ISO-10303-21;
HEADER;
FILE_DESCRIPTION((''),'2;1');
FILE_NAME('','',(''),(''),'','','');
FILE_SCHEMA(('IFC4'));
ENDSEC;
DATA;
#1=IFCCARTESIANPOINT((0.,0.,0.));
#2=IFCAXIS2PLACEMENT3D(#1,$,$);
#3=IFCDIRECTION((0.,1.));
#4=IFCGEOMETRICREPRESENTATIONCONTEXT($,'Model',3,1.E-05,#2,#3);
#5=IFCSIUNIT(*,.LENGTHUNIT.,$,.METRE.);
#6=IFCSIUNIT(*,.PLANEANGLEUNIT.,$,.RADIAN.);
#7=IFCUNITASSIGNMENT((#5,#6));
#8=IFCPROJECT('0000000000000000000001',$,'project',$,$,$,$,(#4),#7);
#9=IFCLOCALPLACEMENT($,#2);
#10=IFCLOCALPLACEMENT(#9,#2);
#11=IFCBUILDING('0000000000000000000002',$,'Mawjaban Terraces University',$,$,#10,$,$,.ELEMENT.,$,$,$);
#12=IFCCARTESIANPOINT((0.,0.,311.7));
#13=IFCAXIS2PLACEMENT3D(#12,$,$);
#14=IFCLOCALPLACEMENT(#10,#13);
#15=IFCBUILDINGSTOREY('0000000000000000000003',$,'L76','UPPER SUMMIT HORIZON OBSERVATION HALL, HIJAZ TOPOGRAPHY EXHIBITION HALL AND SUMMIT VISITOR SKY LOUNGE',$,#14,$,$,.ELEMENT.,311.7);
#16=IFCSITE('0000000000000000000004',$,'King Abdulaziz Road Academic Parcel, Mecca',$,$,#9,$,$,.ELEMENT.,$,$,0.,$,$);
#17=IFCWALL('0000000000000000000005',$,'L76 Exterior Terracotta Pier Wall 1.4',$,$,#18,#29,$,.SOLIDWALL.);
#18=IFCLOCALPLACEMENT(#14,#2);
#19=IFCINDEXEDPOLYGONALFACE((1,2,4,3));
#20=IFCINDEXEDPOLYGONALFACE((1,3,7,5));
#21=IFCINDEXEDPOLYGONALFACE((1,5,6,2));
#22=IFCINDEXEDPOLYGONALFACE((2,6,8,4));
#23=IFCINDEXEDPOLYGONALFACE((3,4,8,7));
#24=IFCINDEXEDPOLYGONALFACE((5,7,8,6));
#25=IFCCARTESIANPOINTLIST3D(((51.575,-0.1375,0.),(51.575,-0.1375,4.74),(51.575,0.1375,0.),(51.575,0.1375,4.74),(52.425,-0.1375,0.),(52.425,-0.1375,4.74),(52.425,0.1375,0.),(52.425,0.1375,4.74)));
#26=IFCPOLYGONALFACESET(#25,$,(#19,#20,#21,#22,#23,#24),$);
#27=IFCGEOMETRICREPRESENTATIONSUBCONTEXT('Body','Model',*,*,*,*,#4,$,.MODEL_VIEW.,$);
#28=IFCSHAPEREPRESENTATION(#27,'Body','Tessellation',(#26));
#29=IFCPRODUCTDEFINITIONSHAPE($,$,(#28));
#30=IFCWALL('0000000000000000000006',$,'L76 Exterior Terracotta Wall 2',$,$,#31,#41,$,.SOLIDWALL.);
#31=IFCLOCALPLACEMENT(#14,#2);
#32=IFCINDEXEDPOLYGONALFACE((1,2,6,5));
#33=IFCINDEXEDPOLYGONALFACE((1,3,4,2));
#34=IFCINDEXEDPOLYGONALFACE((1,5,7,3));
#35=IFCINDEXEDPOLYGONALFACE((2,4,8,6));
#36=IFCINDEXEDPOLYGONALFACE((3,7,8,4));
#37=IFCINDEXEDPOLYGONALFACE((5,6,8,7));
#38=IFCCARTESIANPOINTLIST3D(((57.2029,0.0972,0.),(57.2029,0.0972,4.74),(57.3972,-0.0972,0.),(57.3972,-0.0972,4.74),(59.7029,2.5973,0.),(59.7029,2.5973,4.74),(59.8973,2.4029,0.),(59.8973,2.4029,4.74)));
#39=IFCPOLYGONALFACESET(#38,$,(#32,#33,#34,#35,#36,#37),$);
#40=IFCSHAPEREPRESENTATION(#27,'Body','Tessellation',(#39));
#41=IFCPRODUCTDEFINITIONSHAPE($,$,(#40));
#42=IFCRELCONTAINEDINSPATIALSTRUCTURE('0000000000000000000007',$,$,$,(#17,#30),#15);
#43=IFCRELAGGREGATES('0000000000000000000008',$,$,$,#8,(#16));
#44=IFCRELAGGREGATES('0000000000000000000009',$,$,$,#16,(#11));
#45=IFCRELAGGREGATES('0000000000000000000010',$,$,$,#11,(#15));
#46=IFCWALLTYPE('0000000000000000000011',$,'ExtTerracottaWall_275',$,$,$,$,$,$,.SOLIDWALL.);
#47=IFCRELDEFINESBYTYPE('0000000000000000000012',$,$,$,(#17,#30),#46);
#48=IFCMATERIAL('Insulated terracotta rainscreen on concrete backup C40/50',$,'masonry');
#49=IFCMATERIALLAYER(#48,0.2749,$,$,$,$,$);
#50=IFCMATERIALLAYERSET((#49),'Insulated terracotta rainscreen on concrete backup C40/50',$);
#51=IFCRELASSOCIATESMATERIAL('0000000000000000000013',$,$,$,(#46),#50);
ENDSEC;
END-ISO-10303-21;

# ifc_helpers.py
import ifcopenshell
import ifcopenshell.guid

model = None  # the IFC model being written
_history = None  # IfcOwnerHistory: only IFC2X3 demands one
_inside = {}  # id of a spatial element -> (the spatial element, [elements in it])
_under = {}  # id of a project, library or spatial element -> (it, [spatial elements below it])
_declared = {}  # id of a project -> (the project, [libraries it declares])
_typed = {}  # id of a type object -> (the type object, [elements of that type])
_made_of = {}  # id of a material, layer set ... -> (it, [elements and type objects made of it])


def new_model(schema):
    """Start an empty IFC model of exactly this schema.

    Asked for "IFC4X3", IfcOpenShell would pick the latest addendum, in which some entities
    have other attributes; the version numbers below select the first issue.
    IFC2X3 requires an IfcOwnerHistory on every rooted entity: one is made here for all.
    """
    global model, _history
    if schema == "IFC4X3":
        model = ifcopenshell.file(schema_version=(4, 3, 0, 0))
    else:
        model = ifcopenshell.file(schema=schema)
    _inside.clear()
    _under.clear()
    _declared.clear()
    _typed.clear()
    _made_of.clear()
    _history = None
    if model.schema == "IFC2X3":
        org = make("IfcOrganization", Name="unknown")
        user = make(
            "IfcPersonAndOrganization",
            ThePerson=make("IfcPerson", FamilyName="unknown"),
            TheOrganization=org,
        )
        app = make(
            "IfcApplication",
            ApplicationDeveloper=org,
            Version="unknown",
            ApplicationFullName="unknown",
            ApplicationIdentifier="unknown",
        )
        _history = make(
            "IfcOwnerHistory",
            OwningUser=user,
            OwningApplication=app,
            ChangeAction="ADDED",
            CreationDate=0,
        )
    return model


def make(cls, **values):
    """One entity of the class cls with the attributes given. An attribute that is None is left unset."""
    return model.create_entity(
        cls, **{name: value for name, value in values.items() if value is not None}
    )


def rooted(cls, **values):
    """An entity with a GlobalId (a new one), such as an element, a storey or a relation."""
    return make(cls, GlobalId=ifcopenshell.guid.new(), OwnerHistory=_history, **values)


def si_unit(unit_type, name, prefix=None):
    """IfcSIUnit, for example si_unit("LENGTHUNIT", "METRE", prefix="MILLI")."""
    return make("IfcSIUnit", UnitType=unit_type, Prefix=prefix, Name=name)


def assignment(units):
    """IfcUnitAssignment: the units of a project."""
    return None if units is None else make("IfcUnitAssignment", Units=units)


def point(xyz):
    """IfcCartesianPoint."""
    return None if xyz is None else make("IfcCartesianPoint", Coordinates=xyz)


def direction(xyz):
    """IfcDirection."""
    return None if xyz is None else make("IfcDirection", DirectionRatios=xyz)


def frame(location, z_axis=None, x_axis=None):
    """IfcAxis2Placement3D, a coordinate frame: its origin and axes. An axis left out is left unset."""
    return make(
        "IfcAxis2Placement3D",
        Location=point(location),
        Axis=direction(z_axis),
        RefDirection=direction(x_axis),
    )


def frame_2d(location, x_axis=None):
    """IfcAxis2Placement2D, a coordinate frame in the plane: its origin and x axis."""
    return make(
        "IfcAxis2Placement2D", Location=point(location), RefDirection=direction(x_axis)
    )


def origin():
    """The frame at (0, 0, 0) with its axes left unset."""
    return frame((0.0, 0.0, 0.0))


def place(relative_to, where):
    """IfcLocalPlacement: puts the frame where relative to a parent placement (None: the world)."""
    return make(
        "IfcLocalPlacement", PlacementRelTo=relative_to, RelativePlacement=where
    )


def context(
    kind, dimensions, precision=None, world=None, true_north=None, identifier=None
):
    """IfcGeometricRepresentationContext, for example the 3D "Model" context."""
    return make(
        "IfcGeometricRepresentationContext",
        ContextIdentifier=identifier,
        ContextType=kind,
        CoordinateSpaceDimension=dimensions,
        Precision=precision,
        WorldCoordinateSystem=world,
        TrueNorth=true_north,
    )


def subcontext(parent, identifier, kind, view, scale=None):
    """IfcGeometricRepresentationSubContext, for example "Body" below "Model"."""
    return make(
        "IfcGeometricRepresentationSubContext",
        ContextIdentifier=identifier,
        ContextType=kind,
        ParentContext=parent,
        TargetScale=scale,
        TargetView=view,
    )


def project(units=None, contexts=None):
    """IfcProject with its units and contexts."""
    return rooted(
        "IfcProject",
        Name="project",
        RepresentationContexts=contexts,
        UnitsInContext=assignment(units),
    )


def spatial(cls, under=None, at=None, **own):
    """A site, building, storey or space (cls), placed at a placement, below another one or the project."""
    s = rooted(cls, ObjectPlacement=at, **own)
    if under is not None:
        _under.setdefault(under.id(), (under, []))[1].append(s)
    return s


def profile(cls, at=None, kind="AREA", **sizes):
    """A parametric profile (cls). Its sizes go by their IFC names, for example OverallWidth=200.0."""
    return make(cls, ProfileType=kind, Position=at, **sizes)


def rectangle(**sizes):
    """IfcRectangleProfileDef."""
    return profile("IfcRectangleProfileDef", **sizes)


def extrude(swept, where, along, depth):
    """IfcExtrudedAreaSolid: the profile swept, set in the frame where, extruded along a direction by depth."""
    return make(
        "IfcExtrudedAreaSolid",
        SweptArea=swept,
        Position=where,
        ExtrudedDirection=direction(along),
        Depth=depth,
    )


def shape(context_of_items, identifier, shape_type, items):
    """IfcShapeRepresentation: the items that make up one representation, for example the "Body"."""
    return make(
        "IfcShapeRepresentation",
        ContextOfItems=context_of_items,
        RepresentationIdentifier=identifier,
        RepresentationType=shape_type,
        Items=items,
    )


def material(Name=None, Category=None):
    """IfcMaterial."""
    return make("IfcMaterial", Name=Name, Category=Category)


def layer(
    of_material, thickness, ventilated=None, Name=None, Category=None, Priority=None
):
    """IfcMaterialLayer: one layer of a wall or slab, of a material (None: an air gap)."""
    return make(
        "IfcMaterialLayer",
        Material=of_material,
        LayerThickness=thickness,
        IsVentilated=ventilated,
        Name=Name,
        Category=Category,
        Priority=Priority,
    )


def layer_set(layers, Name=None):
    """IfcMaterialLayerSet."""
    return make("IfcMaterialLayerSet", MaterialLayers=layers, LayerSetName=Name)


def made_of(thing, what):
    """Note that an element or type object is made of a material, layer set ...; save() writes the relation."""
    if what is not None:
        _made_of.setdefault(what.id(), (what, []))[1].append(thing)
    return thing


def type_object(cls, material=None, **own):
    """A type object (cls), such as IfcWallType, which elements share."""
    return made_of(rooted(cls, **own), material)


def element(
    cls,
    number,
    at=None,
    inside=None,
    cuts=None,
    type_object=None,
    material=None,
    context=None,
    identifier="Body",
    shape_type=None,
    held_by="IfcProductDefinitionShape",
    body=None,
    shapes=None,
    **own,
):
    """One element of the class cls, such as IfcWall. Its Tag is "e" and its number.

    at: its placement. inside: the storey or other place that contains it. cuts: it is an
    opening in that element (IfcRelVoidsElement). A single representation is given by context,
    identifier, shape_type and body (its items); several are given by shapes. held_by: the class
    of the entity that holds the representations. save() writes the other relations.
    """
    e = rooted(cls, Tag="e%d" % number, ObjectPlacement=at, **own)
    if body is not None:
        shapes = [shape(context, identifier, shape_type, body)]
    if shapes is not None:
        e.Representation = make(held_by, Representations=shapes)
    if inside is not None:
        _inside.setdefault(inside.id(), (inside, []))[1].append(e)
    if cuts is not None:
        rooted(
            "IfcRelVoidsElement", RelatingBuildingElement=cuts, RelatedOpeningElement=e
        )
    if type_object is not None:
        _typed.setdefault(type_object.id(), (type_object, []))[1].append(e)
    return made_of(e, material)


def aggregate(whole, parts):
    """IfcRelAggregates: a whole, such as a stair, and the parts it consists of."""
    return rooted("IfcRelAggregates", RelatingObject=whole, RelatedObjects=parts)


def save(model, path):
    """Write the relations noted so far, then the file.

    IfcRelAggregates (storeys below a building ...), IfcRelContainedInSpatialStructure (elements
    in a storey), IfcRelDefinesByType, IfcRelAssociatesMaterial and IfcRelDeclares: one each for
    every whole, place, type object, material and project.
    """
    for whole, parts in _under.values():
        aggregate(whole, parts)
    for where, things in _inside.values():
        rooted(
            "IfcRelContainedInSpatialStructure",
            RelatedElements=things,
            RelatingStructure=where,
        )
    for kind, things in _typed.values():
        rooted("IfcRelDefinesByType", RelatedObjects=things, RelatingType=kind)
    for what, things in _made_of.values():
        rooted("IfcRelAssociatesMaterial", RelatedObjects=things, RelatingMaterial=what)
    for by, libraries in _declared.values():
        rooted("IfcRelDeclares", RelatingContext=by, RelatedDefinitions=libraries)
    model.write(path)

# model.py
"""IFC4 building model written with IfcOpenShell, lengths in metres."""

from ifc_helpers import new_model, si_unit, direction, frame, frame_2d, origin, place, context, subcontext, project, spatial, rectangle, extrude, material, layer, layer_set, type_object, element, save


model = new_model("IFC4")

# Units and contexts
model_context = context("Model", 3, precision=1e-05, world=origin(), true_north=direction((0.0, 1.0)))
body_context = subcontext(model_context, "Body", "Model", "MODEL_VIEW")
ifc_project = project(units=[si_unit("LENGTHUNIT", "METRE"), si_unit("PLANEANGLEUNIT", "RADIAN")], contexts=[model_context])

# Site, building, storey
site_placement = place(None, origin())
site = spatial("IfcSite", under=ifc_project, at=site_placement, Name="King Abdulaziz Road Academic Parcel, Mecca", CompositionType="ELEMENT", RefElevation=0.0)
building_placement = place(site_placement, origin())
building = spatial("IfcBuilding", under=site, at=building_placement, Name="Mawjaban Terraces University", CompositionType="ELEMENT")
storey_placement = place(building_placement, frame((0.0, 0.0, 311.7)))
storey = spatial("IfcBuildingStorey", under=building, at=storey_placement, Name="L76", Description="UPPER SUMMIT HORIZON OBSERVATION HALL, HIJAZ TOPOGRAPHY EXHIBITION HALL AND SUMMIT VISITOR SKY LOUNGE", CompositionType="ELEMENT", Elevation=311.7)

# Walls
ifc_material_1 = material(Name="Insulated terracotta rainscreen on concrete backup C40/50", Category="masonry")
ifc_layer_1 = layer(ifc_material_1, 0.2749)
ifc_layer_set_1 = layer_set([ifc_layer_1], Name="Insulated terracotta rainscreen on concrete backup C40/50")
wall_type = type_object("IfcWallType", Name="ExtTerracottaWall_275", PredefinedType="SOLIDWALL", material=ifc_layer_set_1)
wall_1_placement = place(storey_placement, frame((51.575, 0.0, 0.0), z_axis=(0.0, 0.0, 1.0), x_axis=(1.0, 0.0, 0.0)))
element("IfcWall", 1, at=wall_1_placement, inside=storey, type_object=wall_type, Name="L76 Exterior Terracotta Pier Wall 1.4", PredefinedType="SOLIDWALL", context=body_context, shape_type="SweptSolid", body=[
    extrude(rectangle(XDim=0.8501, YDim=0.2749, at=frame_2d((0.425, 0.0))), origin(), (0.0, 0.0, 1.0), 4.74),
])
wall_2_placement = place(storey_placement, frame((57.3, 0.0, 0.0), z_axis=(0.0, 0.0, 1.0), x_axis=(0.707107, 0.707107, 0.0)))
element("IfcWall", 2, at=wall_2_placement, inside=storey, type_object=wall_type, Name="L76 Exterior Terracotta Wall 2", PredefinedType="SOLIDWALL", context=body_context, shape_type="SweptSolid", body=[
    extrude(rectangle(XDim=3.5356, YDim=0.2749, at=frame_2d((1.7678, 0.0))), origin(), (0.0, 0.0, 1.0), 4.74),
])

save(model, "model.ifc")
